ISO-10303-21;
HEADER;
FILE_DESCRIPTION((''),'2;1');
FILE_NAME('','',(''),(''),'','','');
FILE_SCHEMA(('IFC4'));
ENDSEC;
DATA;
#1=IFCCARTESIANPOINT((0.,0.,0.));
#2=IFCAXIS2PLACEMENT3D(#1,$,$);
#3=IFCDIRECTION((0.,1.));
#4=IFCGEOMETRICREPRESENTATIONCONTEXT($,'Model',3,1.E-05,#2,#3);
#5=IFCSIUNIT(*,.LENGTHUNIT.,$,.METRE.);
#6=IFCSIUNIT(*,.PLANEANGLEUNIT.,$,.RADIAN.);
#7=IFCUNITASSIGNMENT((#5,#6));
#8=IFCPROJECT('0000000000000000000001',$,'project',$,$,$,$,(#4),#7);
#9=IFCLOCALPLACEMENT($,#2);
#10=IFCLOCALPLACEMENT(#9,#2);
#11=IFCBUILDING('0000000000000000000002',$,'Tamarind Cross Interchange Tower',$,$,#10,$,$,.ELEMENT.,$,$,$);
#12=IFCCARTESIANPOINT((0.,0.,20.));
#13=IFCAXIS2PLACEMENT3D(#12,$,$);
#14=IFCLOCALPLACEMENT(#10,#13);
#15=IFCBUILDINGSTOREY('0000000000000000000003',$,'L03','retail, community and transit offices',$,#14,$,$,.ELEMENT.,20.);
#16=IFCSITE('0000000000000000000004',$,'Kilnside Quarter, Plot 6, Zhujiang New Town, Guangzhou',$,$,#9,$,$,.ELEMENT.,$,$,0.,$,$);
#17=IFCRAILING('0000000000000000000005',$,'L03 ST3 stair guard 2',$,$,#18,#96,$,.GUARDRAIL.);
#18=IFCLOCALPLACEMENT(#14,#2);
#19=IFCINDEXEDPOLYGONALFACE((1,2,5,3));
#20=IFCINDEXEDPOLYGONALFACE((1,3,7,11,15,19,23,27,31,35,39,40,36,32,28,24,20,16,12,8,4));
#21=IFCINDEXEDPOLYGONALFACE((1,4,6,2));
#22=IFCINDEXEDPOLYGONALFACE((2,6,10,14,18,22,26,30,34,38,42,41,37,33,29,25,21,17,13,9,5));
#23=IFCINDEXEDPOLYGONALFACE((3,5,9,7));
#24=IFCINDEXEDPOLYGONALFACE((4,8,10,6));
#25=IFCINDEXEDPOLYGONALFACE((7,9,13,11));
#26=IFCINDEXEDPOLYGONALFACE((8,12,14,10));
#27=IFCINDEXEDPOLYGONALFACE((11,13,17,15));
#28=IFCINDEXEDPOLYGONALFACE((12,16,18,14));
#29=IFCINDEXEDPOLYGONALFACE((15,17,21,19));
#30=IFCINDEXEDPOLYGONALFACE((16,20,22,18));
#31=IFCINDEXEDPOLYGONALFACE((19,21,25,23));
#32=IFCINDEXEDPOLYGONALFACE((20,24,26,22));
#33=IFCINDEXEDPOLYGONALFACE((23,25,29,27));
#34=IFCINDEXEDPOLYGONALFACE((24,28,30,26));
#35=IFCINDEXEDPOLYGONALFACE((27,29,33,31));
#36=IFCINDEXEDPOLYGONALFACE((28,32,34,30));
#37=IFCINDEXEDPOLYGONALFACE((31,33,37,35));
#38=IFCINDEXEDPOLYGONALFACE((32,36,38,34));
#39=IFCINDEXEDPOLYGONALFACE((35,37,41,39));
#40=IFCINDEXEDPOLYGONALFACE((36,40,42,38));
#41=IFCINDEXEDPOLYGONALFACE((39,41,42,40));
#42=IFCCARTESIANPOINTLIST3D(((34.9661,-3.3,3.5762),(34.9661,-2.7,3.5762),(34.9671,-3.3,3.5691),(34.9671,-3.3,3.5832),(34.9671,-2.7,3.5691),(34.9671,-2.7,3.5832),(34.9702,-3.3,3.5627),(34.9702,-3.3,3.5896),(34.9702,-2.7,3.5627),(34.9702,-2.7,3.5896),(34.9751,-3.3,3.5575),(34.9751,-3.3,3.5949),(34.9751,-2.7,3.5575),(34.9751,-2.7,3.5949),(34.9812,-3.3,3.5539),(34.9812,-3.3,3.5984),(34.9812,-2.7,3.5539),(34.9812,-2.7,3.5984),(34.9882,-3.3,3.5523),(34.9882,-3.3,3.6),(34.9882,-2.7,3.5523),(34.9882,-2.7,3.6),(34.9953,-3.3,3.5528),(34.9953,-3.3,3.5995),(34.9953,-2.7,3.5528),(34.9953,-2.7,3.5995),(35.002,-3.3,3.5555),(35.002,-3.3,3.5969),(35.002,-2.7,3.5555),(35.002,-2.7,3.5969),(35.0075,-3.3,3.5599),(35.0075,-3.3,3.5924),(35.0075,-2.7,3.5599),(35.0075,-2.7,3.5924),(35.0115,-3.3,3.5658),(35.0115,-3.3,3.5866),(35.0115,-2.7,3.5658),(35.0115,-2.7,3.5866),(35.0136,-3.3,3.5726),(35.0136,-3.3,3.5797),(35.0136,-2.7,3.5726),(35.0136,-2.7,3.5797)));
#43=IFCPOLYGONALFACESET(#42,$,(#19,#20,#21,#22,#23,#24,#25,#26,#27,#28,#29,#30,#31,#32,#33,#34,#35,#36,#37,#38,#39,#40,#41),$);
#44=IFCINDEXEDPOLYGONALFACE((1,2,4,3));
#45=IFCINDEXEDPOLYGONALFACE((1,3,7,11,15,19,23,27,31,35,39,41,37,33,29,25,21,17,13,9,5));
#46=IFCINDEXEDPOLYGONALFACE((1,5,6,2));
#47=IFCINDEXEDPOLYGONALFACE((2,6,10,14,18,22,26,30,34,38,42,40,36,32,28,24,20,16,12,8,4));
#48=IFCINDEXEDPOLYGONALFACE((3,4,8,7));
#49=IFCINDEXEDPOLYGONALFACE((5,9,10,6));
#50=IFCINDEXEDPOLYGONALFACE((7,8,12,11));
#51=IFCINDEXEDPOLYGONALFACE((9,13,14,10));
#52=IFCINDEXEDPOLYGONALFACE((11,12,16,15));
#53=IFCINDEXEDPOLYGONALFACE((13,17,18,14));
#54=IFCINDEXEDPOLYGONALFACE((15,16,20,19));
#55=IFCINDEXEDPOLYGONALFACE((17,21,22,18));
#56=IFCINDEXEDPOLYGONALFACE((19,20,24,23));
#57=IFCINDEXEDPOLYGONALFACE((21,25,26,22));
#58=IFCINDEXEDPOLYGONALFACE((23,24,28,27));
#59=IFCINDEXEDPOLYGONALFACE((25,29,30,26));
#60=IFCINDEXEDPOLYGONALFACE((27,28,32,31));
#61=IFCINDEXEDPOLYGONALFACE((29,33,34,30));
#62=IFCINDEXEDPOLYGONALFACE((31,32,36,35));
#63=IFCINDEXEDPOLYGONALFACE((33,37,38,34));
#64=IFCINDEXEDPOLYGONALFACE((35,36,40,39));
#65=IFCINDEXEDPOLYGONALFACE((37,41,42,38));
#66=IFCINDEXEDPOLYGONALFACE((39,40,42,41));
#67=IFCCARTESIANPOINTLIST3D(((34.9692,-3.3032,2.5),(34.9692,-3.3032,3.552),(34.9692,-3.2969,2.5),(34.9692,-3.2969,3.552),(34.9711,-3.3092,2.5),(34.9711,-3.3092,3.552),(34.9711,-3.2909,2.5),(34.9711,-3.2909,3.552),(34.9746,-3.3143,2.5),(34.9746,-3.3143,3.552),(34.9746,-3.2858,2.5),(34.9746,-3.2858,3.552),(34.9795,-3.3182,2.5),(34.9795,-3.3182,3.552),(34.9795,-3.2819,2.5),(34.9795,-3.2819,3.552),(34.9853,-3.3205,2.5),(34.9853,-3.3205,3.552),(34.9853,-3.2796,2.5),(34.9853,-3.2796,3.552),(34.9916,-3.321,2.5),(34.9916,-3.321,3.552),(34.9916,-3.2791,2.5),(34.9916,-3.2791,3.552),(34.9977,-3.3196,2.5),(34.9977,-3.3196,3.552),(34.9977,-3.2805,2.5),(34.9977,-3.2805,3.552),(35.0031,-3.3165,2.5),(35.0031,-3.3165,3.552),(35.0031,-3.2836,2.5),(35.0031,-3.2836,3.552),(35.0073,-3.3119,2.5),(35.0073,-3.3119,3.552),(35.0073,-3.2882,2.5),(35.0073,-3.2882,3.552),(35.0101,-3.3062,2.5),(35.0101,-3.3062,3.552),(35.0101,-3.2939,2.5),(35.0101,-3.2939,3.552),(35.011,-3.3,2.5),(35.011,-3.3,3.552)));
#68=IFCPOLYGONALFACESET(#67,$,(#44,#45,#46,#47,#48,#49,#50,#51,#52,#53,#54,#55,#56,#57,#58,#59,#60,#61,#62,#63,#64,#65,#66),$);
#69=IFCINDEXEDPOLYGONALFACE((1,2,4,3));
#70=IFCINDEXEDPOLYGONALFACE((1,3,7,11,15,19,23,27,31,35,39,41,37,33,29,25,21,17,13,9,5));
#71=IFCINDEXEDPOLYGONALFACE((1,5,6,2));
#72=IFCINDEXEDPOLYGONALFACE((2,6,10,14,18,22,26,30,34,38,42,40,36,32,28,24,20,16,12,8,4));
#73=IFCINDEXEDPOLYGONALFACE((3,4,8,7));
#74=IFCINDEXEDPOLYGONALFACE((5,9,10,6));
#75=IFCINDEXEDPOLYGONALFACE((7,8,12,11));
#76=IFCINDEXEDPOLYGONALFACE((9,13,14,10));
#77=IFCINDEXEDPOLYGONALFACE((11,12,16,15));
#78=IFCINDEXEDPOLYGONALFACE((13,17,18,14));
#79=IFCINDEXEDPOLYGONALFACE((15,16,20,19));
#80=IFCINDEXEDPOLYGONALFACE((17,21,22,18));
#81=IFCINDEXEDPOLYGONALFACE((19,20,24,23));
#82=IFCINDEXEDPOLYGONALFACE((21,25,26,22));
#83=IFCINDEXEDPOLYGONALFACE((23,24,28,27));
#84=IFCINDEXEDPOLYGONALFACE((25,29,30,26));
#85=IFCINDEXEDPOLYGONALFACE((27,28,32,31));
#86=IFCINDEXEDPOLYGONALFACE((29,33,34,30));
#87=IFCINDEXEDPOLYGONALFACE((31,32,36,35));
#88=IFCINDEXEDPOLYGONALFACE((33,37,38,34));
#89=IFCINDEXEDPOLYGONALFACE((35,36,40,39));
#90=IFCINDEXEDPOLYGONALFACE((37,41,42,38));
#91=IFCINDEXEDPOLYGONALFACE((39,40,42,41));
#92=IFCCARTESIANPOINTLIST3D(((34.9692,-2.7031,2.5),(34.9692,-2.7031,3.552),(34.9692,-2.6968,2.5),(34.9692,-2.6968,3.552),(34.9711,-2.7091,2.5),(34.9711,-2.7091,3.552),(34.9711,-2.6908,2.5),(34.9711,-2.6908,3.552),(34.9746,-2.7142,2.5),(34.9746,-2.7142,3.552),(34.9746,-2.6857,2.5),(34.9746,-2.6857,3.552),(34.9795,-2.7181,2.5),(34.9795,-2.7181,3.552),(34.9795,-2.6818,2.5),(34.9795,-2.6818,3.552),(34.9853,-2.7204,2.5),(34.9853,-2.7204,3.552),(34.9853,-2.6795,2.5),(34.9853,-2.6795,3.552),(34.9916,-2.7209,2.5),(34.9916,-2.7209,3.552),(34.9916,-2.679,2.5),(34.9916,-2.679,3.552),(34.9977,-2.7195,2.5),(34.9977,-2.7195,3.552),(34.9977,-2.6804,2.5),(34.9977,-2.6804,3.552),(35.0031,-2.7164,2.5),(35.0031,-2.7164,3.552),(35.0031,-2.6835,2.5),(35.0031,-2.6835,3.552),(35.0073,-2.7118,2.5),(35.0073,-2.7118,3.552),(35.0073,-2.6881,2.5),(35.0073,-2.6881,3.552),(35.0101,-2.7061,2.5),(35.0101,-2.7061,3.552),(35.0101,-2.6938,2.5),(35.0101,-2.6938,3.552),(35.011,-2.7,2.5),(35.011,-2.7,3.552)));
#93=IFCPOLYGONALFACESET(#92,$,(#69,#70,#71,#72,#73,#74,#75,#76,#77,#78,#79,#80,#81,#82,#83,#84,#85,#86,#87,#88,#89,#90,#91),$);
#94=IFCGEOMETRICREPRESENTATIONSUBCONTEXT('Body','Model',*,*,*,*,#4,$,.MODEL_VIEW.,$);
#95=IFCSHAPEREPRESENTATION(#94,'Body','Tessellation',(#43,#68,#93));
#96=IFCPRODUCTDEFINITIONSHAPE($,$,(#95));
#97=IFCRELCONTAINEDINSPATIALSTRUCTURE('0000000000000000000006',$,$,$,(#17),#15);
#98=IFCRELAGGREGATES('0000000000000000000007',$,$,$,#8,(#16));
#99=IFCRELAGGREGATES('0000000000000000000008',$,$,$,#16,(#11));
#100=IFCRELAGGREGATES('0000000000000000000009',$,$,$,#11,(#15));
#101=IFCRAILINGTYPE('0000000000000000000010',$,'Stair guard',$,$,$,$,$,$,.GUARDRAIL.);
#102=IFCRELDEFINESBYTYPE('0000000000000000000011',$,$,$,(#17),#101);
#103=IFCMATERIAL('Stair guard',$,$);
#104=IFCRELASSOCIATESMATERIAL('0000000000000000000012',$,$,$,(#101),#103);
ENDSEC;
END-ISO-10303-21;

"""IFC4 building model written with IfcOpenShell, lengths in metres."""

from ifc_helpers import new_model, si_unit, direction, frame, origin, origin_2d, place, context, subcontext, project, spatial, circle, extrude, material, type_object, element, save


model = new_model("IFC4")

# Units and contexts
model_context = context("Model", 3, precision=1e-05, world=origin(), true_north=direction((0.0, 1.0)))
body_context = subcontext(model_context, "Body", "Model", "MODEL_VIEW")
ifc_project = project(units=[si_unit("LENGTHUNIT", "METRE"), si_unit("PLANEANGLEUNIT", "RADIAN")], contexts=[model_context])

# Site, building, storey
site_placement = place(None, origin())
site = spatial("IfcSite", under=ifc_project, at=site_placement, Name="Kilnside Quarter, Plot 6, Zhujiang New Town, Guangzhou", CompositionType="ELEMENT", RefElevation=0.0)
building_placement = place(site_placement, origin())
building = spatial("IfcBuilding", under=site, at=building_placement, Name="Tamarind Cross Interchange Tower", CompositionType="ELEMENT")
storey_placement = place(building_placement, frame((0.0, 0.0, 20.0)))
storey = spatial("IfcBuildingStorey", under=building, at=storey_placement, Name="L03", Description="retail, community and transit offices", CompositionType="ELEMENT", Elevation=20.0)

# Railing
ifc_material_1 = material(Name="Stair guard")
railing_type_1 = type_object("IfcRailingType", Name="Stair guard", PredefinedType="GUARDRAIL", material=ifc_material_1)
railing_1_placement = place(storey_placement, frame((34.99, -3.3, 2.5)))
element("IfcRailing", 1, at=railing_1_placement, inside=storey, type_object=railing_type_1, Name="L03 ST3 stair guard 2", PredefinedType="GUARDRAIL", context=body_context, shape_type="SweptSolid", body=[
    extrude(circle(Radius=0.0239, at=origin_2d()), frame((0.0, 0.0, 1.0762), z_axis=(0.0, 1.0, 0.0), x_axis=(-1.0, 0.0, 0.0)), (0.0, 0.0, 1.0), 0.6001),
    extrude(circle(Radius=0.021, at=origin_2d()), origin(), (0.0, 0.0, 1.0), 1.052),
    extrude(circle(Radius=0.021, at=origin_2d()), frame((0.0, 0.6001, 0.0)), (0.0, 0.0, 1.0), 1.052),
])

save(model, "model.ifc")
